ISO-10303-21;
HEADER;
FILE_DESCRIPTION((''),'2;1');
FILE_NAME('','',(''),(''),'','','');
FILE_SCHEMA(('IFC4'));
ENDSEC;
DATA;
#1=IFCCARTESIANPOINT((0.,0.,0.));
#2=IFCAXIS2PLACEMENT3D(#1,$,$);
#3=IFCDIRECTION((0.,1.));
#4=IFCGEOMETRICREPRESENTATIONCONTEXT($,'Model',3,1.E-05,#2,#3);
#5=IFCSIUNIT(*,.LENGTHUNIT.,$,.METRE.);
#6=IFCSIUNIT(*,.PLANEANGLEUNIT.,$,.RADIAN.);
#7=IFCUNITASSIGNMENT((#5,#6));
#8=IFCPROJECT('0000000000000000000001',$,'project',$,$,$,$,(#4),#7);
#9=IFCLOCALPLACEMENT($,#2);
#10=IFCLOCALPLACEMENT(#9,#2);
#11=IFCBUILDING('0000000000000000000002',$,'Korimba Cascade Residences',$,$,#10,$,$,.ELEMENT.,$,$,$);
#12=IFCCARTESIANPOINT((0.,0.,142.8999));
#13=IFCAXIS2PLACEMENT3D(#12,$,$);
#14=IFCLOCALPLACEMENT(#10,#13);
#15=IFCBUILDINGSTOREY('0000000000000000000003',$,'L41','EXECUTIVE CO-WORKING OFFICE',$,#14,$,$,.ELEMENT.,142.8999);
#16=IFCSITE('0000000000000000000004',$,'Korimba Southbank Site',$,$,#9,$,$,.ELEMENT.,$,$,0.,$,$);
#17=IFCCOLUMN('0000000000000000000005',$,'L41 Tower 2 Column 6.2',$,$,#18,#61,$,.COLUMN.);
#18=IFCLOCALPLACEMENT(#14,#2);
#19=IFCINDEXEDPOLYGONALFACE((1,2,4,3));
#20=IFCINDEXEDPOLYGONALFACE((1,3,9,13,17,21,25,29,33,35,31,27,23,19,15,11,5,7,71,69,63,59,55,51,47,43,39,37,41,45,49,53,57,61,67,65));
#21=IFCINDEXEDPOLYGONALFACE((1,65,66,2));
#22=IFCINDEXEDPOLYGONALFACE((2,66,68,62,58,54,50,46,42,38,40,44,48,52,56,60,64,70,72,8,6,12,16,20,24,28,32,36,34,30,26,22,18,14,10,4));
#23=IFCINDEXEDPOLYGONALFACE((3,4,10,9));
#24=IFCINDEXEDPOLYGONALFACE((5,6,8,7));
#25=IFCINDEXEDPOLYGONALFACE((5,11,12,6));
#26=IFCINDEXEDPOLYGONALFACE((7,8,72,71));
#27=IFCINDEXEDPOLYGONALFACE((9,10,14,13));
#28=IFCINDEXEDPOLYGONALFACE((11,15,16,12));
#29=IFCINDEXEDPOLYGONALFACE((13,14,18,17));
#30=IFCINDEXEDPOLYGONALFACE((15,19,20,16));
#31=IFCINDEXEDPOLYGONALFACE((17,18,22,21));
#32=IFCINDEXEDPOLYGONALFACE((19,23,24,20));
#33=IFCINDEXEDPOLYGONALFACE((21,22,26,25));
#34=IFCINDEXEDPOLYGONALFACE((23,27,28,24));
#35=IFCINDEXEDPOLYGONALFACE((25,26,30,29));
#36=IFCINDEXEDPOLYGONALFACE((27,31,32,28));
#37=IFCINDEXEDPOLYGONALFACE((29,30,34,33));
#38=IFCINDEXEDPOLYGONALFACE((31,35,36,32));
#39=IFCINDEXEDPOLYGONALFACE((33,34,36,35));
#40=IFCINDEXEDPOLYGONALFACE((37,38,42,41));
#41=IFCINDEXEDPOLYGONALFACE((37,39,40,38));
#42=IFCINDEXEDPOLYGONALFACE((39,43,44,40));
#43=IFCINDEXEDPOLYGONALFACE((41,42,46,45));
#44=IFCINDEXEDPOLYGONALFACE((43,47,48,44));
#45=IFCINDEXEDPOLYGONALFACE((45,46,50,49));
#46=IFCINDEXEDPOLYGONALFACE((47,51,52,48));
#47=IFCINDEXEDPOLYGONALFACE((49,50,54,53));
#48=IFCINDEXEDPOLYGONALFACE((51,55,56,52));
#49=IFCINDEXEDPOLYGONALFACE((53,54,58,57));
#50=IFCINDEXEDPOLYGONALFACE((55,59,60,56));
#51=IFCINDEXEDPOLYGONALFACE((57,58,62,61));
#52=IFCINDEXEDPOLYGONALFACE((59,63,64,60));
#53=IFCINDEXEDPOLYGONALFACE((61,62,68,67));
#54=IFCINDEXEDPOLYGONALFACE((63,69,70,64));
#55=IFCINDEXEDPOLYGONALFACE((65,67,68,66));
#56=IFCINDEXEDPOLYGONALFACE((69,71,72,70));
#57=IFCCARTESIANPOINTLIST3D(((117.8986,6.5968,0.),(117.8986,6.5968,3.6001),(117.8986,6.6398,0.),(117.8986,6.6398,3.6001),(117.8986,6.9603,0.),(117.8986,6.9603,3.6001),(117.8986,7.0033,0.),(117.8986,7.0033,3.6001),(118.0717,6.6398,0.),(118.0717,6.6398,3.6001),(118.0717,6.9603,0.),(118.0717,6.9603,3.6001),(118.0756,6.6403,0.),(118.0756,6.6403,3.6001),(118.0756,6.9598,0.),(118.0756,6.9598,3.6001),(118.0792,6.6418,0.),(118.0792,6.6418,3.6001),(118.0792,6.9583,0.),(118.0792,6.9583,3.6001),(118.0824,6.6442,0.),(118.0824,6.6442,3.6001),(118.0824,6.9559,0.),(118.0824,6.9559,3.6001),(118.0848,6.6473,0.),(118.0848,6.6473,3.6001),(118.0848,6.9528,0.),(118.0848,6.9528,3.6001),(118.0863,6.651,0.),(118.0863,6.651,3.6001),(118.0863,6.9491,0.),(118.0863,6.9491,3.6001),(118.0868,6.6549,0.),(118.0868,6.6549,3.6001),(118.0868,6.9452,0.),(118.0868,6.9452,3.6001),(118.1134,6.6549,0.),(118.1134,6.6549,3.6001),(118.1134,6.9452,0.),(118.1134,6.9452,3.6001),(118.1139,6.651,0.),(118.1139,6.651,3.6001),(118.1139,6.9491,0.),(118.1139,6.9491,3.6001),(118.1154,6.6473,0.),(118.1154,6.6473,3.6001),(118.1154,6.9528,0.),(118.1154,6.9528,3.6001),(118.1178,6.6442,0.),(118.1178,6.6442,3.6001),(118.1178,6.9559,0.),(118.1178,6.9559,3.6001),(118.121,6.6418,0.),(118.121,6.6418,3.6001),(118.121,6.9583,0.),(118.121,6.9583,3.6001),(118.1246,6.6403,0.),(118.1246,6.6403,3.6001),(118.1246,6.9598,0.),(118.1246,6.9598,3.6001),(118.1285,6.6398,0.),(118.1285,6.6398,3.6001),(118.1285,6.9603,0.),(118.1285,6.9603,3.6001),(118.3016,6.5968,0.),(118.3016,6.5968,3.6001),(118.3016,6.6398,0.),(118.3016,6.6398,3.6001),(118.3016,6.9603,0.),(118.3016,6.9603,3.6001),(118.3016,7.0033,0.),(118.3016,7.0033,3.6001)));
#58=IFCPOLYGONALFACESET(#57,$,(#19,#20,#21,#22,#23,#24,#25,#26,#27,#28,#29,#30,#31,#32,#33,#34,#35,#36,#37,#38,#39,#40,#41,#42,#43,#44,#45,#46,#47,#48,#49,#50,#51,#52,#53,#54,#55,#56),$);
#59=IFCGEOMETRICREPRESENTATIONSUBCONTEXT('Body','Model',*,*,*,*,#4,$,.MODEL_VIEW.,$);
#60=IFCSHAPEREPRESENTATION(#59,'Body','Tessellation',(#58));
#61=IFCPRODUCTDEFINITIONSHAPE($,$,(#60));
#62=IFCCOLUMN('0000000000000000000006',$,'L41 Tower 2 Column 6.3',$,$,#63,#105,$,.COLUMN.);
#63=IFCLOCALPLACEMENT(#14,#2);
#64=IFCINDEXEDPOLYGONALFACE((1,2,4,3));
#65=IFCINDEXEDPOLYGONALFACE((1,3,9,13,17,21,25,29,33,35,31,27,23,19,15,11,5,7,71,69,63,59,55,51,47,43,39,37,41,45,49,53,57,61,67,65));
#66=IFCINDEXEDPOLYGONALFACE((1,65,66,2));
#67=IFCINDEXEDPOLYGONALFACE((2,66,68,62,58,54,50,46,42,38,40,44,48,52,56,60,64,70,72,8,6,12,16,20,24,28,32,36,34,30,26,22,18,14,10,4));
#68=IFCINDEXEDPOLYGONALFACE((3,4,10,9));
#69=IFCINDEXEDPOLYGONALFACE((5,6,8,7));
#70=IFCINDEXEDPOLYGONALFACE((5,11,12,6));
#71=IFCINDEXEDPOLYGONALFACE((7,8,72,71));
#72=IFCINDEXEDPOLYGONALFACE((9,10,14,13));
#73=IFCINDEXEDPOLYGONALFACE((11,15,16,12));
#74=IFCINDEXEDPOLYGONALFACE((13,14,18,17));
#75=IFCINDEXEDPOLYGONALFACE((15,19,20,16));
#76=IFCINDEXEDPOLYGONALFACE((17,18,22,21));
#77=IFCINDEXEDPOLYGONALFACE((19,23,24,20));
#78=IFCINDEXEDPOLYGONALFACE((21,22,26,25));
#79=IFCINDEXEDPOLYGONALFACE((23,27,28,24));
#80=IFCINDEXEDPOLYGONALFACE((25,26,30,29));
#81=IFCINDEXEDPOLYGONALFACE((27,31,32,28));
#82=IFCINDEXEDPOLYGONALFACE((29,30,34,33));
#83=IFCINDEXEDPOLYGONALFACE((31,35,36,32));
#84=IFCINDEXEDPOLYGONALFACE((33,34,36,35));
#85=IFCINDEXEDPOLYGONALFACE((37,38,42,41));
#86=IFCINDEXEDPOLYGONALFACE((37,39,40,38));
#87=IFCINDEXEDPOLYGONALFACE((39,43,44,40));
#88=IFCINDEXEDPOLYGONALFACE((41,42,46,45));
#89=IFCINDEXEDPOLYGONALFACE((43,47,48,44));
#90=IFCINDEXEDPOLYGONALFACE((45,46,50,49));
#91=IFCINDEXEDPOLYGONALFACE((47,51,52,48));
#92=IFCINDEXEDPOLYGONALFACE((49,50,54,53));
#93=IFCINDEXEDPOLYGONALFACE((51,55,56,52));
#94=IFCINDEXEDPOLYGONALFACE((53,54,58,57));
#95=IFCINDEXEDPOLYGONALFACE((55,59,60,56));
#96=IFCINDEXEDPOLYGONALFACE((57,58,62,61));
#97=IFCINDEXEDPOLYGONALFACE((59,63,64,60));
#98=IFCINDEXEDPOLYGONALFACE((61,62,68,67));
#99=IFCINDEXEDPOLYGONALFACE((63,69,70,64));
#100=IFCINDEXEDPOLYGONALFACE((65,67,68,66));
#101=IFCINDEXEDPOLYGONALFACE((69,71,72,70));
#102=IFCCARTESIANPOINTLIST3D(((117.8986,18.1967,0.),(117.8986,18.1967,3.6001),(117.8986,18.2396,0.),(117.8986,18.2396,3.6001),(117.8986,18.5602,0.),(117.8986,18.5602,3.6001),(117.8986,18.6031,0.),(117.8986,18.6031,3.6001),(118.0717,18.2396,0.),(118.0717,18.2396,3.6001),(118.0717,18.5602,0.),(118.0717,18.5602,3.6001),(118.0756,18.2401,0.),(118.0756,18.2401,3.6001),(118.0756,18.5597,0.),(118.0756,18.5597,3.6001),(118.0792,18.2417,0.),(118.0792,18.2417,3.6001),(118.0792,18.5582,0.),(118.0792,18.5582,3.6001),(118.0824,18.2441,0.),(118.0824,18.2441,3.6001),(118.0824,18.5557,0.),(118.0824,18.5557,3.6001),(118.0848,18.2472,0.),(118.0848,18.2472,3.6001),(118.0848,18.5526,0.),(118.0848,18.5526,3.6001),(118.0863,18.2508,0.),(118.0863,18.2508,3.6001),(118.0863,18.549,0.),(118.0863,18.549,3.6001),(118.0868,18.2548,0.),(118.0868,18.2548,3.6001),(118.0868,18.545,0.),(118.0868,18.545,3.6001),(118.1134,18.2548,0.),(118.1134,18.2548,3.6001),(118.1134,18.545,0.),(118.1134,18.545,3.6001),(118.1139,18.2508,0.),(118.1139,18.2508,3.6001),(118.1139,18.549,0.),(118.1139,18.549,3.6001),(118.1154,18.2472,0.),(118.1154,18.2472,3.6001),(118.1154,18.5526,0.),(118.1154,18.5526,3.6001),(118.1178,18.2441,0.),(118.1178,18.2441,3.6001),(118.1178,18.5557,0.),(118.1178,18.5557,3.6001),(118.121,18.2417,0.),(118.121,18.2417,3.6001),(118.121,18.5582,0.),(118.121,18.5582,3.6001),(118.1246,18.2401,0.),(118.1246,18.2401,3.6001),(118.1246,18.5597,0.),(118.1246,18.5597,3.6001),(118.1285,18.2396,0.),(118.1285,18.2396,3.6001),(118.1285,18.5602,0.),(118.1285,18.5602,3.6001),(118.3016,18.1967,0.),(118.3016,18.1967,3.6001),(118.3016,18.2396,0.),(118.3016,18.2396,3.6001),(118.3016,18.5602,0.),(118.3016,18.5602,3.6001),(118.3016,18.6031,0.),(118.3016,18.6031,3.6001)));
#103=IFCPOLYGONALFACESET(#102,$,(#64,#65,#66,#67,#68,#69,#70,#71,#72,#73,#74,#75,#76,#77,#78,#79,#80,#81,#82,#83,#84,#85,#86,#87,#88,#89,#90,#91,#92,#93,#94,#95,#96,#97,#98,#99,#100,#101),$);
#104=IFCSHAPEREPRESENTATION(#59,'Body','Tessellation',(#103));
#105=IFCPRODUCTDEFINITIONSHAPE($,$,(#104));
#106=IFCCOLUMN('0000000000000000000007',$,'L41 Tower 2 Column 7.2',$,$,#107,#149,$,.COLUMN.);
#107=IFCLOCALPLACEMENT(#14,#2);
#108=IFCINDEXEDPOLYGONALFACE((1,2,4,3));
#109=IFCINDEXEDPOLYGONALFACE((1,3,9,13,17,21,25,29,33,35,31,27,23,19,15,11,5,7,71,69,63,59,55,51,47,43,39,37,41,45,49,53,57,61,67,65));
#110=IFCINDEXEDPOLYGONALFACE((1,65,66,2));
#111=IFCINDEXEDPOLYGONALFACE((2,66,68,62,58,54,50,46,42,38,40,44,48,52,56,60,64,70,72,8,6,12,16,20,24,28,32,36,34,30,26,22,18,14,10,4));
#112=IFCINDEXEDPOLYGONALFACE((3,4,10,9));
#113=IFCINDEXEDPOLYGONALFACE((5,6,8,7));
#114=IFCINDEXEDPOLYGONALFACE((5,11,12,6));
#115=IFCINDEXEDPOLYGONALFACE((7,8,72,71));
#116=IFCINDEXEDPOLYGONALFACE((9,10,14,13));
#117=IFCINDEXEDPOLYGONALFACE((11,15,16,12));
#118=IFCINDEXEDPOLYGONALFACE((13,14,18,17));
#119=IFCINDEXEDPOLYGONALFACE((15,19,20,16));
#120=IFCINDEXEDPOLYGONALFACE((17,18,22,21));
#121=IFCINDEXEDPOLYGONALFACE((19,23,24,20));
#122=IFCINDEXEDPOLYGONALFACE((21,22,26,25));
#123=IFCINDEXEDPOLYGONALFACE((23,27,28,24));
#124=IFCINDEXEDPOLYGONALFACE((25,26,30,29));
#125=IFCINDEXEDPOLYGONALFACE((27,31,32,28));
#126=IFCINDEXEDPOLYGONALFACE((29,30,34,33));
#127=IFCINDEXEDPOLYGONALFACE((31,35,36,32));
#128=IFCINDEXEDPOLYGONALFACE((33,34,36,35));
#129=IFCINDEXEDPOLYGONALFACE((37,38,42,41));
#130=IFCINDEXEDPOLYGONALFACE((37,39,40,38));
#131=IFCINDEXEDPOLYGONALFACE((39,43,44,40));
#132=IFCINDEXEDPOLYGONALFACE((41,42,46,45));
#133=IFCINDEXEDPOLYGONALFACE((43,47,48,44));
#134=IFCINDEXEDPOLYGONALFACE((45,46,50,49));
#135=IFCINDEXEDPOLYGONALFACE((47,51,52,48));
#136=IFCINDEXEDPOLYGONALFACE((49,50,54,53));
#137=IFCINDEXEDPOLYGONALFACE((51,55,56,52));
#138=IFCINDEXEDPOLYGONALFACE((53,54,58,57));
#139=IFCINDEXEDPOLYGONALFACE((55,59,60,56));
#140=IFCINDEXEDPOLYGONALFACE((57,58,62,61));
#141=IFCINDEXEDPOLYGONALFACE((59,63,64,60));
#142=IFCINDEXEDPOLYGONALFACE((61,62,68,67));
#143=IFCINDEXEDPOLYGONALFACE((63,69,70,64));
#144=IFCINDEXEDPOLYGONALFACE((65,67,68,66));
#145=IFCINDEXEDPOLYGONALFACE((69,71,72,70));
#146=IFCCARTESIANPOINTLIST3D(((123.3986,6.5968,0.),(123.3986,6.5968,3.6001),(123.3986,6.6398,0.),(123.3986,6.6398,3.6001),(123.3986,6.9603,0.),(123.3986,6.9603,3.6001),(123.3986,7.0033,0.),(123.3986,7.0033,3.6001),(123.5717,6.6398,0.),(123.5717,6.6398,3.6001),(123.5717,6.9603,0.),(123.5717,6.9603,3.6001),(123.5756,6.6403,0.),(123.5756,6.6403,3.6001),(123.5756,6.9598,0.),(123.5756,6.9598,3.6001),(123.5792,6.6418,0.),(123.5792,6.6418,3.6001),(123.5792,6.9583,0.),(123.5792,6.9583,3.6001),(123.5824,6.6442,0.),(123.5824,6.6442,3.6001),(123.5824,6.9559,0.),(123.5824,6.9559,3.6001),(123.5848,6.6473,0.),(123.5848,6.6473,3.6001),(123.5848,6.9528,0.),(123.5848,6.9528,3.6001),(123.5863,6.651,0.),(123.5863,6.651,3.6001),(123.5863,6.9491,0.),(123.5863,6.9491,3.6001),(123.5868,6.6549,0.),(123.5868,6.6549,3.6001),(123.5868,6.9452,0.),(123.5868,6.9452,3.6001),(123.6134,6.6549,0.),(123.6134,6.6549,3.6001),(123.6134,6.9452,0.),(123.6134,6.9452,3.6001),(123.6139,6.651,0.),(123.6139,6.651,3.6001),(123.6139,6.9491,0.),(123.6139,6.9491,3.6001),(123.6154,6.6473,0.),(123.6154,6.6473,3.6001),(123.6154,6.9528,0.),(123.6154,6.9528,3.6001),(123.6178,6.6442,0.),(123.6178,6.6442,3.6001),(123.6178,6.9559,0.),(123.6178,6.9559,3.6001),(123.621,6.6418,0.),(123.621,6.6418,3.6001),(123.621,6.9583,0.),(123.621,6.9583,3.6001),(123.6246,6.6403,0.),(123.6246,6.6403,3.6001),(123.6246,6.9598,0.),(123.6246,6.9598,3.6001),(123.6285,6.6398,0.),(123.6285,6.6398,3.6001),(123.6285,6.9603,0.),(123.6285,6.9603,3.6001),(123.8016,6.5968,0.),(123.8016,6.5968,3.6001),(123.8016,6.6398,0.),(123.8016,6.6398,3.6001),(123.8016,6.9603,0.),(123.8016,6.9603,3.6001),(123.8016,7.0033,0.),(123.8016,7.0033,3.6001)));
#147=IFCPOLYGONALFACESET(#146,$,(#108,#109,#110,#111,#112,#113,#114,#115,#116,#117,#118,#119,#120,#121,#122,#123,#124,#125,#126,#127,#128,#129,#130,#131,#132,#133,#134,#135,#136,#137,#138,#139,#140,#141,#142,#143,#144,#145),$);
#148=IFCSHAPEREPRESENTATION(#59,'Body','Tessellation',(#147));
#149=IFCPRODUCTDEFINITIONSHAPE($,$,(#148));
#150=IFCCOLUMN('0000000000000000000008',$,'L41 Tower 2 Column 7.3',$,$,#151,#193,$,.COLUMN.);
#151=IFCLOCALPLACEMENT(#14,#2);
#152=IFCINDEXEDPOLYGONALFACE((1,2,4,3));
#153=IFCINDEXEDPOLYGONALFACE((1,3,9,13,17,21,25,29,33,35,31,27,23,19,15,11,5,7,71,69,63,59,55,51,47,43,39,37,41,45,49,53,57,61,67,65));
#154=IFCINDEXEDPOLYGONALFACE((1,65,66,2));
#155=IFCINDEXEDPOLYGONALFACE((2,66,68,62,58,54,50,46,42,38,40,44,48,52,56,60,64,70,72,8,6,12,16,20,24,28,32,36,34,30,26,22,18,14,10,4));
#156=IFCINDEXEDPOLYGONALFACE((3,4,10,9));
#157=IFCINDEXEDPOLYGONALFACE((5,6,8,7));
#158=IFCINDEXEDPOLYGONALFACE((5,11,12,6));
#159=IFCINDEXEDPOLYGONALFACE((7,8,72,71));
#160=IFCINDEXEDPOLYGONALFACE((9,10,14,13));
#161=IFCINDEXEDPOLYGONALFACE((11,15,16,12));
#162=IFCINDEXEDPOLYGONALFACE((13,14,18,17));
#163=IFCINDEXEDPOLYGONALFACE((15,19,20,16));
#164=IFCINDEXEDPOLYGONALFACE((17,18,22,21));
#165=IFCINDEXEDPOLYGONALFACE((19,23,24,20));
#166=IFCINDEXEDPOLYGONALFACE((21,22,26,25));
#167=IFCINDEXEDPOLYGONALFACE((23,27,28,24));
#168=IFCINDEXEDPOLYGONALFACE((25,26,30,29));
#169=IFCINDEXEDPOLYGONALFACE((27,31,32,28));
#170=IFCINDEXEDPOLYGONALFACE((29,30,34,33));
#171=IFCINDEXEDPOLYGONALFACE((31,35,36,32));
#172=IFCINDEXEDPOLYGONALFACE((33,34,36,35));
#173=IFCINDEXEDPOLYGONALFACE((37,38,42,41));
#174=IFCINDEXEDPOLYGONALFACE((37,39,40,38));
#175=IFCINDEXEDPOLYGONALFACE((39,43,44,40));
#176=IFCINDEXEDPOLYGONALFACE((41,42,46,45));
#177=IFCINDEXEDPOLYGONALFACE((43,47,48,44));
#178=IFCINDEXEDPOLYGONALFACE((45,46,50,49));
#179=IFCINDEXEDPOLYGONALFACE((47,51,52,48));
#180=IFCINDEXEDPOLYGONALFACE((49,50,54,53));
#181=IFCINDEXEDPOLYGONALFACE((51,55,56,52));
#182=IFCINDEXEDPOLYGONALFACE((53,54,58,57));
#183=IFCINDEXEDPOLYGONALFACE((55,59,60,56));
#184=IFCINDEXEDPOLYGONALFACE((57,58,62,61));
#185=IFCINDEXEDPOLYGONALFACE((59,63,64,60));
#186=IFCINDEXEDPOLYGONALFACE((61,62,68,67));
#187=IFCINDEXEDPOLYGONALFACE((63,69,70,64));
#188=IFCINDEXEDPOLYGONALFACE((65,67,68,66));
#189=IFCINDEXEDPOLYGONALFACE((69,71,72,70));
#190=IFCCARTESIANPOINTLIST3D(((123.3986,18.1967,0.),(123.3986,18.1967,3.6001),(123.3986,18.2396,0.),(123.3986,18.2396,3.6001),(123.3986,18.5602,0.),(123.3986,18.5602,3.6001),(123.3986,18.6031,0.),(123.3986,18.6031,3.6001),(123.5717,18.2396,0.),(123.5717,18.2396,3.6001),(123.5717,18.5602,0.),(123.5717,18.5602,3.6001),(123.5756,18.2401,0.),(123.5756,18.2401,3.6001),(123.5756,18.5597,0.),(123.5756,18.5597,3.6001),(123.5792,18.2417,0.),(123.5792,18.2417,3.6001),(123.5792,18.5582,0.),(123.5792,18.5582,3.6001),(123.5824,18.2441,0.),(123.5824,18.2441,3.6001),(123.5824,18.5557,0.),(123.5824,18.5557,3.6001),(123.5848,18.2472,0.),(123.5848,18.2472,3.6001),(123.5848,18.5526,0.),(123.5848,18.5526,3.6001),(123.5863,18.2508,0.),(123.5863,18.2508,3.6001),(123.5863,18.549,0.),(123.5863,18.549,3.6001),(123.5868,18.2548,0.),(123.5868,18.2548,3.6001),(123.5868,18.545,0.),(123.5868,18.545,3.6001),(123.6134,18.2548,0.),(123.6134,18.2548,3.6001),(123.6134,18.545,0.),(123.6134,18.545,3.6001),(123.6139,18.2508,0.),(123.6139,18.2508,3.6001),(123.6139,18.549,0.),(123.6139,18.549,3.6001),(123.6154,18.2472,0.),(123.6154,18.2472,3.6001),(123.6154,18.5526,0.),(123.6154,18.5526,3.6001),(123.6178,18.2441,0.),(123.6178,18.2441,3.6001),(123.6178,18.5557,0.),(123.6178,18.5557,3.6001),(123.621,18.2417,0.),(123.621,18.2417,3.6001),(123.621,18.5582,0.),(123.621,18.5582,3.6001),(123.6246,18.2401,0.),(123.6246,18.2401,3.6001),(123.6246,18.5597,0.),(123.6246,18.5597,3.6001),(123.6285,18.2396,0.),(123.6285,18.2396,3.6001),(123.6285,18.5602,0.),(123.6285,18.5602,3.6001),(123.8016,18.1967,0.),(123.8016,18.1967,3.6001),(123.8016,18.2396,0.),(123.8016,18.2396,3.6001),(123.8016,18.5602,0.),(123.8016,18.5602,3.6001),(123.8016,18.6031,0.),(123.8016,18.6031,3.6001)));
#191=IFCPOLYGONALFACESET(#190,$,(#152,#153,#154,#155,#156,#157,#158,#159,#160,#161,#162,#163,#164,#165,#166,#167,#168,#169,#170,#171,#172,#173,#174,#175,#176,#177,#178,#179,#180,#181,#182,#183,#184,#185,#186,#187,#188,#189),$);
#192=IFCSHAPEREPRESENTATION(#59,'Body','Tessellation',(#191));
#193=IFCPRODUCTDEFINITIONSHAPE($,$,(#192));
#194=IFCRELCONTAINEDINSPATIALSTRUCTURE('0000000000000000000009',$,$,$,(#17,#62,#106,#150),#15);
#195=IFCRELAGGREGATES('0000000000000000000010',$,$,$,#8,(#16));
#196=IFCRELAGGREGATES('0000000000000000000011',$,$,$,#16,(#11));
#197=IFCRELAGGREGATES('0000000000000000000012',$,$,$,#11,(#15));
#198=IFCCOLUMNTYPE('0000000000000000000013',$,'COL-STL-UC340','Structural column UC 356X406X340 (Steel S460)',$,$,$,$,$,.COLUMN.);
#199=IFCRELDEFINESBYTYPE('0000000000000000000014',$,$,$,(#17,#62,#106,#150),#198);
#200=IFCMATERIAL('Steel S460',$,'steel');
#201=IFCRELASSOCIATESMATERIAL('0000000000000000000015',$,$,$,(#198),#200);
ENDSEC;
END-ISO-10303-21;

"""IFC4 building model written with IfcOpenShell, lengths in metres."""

from ifc_helpers import new_model, si_unit, direction, frame, origin, origin_2d, place, context, subcontext, project, spatial, i_section, extrude, material, material_profile, profile_set, type_object, element, save


model = new_model("IFC4")

# Units and contexts
model_context = context("Model", 3, precision=1e-05, world=origin(), true_north=direction((0.0, 1.0)))
body_context = subcontext(model_context, "Body", "Model", "MODEL_VIEW")
ifc_project = project(units=[si_unit("LENGTHUNIT", "METRE"), si_unit("PLANEANGLEUNIT", "RADIAN")], contexts=[model_context])

# Site, building, storey
site_placement = place(None, origin())
site = spatial("IfcSite", under=ifc_project, at=site_placement, Name="Korimba Southbank Site", CompositionType="ELEMENT", RefElevation=0.0)
building_placement = place(site_placement, origin())
building = spatial("IfcBuilding", under=site, at=building_placement, Name="Korimba Cascade Residences", CompositionType="ELEMENT")
storey_placement = place(building_placement, frame((0.0, 0.0, 142.8999)))
storey = spatial("IfcBuildingStorey", under=building, at=storey_placement, Name="L41", Description="EXECUTIVE CO-WORKING OFFICE", CompositionType="ELEMENT", Elevation=142.8999)

# Columns
ifc_material_1 = material(Name="Steel S460", Category="steel")
ifc_material_profile_1 = material_profile(ifc_material_1, i_section(OverallWidth=0.4031, OverallDepth=0.4065, WebThickness=0.0266, FlangeThickness=0.043, FilletRadius=0.0151, at=origin_2d()), Name="Steel S460")
ifc_profile_set_1 = profile_set([ifc_material_profile_1], Name="Steel S460")
column_type = type_object("IfcColumnType", Name="COL-STL-UC340", Description="Structural column UC 356X406X340 (Steel S460)", PredefinedType="COLUMN", material=ifc_profile_set_1)
for number, where, z_axis, x_axis, name in (
    (1, (118.1001, 6.8, 0.0), (0.0, 0.0, 1.0), (1.0, 0.0, 0.0), "L41 Tower 2 Column 6.2"),
    (2, (118.1001, 18.3999, 0.0), (0.0, 0.0, 1.0), (1.0, 0.0, 0.0), "L41 Tower 2 Column 6.3"),
    (3, (123.6001, 6.8, 0.0), (0.0, 0.0, 1.0), (1.0, 0.0, 0.0), "L41 Tower 2 Column 7.2"),
    (4, (123.6001, 18.3999, 0.0), (0.0, 0.0, 1.0), (1.0, 0.0, 0.0), "L41 Tower 2 Column 7.3"),
):
    element("IfcColumn", number, at=place(storey_placement, frame(where, z_axis=z_axis, x_axis=x_axis)), inside=storey, type_object=column_type, Name=name, PredefinedType="COLUMN", context=body_context, shape_type="SweptSolid", body=[
        extrude(i_section(OverallWidth=0.4031, OverallDepth=0.4065, WebThickness=0.0266, FlangeThickness=0.043, FilletRadius=0.0151, at=origin_2d()), origin(), (0.0, 0.0, 1.0), 3.6001),
    ])

save(model, "model.ifc")
